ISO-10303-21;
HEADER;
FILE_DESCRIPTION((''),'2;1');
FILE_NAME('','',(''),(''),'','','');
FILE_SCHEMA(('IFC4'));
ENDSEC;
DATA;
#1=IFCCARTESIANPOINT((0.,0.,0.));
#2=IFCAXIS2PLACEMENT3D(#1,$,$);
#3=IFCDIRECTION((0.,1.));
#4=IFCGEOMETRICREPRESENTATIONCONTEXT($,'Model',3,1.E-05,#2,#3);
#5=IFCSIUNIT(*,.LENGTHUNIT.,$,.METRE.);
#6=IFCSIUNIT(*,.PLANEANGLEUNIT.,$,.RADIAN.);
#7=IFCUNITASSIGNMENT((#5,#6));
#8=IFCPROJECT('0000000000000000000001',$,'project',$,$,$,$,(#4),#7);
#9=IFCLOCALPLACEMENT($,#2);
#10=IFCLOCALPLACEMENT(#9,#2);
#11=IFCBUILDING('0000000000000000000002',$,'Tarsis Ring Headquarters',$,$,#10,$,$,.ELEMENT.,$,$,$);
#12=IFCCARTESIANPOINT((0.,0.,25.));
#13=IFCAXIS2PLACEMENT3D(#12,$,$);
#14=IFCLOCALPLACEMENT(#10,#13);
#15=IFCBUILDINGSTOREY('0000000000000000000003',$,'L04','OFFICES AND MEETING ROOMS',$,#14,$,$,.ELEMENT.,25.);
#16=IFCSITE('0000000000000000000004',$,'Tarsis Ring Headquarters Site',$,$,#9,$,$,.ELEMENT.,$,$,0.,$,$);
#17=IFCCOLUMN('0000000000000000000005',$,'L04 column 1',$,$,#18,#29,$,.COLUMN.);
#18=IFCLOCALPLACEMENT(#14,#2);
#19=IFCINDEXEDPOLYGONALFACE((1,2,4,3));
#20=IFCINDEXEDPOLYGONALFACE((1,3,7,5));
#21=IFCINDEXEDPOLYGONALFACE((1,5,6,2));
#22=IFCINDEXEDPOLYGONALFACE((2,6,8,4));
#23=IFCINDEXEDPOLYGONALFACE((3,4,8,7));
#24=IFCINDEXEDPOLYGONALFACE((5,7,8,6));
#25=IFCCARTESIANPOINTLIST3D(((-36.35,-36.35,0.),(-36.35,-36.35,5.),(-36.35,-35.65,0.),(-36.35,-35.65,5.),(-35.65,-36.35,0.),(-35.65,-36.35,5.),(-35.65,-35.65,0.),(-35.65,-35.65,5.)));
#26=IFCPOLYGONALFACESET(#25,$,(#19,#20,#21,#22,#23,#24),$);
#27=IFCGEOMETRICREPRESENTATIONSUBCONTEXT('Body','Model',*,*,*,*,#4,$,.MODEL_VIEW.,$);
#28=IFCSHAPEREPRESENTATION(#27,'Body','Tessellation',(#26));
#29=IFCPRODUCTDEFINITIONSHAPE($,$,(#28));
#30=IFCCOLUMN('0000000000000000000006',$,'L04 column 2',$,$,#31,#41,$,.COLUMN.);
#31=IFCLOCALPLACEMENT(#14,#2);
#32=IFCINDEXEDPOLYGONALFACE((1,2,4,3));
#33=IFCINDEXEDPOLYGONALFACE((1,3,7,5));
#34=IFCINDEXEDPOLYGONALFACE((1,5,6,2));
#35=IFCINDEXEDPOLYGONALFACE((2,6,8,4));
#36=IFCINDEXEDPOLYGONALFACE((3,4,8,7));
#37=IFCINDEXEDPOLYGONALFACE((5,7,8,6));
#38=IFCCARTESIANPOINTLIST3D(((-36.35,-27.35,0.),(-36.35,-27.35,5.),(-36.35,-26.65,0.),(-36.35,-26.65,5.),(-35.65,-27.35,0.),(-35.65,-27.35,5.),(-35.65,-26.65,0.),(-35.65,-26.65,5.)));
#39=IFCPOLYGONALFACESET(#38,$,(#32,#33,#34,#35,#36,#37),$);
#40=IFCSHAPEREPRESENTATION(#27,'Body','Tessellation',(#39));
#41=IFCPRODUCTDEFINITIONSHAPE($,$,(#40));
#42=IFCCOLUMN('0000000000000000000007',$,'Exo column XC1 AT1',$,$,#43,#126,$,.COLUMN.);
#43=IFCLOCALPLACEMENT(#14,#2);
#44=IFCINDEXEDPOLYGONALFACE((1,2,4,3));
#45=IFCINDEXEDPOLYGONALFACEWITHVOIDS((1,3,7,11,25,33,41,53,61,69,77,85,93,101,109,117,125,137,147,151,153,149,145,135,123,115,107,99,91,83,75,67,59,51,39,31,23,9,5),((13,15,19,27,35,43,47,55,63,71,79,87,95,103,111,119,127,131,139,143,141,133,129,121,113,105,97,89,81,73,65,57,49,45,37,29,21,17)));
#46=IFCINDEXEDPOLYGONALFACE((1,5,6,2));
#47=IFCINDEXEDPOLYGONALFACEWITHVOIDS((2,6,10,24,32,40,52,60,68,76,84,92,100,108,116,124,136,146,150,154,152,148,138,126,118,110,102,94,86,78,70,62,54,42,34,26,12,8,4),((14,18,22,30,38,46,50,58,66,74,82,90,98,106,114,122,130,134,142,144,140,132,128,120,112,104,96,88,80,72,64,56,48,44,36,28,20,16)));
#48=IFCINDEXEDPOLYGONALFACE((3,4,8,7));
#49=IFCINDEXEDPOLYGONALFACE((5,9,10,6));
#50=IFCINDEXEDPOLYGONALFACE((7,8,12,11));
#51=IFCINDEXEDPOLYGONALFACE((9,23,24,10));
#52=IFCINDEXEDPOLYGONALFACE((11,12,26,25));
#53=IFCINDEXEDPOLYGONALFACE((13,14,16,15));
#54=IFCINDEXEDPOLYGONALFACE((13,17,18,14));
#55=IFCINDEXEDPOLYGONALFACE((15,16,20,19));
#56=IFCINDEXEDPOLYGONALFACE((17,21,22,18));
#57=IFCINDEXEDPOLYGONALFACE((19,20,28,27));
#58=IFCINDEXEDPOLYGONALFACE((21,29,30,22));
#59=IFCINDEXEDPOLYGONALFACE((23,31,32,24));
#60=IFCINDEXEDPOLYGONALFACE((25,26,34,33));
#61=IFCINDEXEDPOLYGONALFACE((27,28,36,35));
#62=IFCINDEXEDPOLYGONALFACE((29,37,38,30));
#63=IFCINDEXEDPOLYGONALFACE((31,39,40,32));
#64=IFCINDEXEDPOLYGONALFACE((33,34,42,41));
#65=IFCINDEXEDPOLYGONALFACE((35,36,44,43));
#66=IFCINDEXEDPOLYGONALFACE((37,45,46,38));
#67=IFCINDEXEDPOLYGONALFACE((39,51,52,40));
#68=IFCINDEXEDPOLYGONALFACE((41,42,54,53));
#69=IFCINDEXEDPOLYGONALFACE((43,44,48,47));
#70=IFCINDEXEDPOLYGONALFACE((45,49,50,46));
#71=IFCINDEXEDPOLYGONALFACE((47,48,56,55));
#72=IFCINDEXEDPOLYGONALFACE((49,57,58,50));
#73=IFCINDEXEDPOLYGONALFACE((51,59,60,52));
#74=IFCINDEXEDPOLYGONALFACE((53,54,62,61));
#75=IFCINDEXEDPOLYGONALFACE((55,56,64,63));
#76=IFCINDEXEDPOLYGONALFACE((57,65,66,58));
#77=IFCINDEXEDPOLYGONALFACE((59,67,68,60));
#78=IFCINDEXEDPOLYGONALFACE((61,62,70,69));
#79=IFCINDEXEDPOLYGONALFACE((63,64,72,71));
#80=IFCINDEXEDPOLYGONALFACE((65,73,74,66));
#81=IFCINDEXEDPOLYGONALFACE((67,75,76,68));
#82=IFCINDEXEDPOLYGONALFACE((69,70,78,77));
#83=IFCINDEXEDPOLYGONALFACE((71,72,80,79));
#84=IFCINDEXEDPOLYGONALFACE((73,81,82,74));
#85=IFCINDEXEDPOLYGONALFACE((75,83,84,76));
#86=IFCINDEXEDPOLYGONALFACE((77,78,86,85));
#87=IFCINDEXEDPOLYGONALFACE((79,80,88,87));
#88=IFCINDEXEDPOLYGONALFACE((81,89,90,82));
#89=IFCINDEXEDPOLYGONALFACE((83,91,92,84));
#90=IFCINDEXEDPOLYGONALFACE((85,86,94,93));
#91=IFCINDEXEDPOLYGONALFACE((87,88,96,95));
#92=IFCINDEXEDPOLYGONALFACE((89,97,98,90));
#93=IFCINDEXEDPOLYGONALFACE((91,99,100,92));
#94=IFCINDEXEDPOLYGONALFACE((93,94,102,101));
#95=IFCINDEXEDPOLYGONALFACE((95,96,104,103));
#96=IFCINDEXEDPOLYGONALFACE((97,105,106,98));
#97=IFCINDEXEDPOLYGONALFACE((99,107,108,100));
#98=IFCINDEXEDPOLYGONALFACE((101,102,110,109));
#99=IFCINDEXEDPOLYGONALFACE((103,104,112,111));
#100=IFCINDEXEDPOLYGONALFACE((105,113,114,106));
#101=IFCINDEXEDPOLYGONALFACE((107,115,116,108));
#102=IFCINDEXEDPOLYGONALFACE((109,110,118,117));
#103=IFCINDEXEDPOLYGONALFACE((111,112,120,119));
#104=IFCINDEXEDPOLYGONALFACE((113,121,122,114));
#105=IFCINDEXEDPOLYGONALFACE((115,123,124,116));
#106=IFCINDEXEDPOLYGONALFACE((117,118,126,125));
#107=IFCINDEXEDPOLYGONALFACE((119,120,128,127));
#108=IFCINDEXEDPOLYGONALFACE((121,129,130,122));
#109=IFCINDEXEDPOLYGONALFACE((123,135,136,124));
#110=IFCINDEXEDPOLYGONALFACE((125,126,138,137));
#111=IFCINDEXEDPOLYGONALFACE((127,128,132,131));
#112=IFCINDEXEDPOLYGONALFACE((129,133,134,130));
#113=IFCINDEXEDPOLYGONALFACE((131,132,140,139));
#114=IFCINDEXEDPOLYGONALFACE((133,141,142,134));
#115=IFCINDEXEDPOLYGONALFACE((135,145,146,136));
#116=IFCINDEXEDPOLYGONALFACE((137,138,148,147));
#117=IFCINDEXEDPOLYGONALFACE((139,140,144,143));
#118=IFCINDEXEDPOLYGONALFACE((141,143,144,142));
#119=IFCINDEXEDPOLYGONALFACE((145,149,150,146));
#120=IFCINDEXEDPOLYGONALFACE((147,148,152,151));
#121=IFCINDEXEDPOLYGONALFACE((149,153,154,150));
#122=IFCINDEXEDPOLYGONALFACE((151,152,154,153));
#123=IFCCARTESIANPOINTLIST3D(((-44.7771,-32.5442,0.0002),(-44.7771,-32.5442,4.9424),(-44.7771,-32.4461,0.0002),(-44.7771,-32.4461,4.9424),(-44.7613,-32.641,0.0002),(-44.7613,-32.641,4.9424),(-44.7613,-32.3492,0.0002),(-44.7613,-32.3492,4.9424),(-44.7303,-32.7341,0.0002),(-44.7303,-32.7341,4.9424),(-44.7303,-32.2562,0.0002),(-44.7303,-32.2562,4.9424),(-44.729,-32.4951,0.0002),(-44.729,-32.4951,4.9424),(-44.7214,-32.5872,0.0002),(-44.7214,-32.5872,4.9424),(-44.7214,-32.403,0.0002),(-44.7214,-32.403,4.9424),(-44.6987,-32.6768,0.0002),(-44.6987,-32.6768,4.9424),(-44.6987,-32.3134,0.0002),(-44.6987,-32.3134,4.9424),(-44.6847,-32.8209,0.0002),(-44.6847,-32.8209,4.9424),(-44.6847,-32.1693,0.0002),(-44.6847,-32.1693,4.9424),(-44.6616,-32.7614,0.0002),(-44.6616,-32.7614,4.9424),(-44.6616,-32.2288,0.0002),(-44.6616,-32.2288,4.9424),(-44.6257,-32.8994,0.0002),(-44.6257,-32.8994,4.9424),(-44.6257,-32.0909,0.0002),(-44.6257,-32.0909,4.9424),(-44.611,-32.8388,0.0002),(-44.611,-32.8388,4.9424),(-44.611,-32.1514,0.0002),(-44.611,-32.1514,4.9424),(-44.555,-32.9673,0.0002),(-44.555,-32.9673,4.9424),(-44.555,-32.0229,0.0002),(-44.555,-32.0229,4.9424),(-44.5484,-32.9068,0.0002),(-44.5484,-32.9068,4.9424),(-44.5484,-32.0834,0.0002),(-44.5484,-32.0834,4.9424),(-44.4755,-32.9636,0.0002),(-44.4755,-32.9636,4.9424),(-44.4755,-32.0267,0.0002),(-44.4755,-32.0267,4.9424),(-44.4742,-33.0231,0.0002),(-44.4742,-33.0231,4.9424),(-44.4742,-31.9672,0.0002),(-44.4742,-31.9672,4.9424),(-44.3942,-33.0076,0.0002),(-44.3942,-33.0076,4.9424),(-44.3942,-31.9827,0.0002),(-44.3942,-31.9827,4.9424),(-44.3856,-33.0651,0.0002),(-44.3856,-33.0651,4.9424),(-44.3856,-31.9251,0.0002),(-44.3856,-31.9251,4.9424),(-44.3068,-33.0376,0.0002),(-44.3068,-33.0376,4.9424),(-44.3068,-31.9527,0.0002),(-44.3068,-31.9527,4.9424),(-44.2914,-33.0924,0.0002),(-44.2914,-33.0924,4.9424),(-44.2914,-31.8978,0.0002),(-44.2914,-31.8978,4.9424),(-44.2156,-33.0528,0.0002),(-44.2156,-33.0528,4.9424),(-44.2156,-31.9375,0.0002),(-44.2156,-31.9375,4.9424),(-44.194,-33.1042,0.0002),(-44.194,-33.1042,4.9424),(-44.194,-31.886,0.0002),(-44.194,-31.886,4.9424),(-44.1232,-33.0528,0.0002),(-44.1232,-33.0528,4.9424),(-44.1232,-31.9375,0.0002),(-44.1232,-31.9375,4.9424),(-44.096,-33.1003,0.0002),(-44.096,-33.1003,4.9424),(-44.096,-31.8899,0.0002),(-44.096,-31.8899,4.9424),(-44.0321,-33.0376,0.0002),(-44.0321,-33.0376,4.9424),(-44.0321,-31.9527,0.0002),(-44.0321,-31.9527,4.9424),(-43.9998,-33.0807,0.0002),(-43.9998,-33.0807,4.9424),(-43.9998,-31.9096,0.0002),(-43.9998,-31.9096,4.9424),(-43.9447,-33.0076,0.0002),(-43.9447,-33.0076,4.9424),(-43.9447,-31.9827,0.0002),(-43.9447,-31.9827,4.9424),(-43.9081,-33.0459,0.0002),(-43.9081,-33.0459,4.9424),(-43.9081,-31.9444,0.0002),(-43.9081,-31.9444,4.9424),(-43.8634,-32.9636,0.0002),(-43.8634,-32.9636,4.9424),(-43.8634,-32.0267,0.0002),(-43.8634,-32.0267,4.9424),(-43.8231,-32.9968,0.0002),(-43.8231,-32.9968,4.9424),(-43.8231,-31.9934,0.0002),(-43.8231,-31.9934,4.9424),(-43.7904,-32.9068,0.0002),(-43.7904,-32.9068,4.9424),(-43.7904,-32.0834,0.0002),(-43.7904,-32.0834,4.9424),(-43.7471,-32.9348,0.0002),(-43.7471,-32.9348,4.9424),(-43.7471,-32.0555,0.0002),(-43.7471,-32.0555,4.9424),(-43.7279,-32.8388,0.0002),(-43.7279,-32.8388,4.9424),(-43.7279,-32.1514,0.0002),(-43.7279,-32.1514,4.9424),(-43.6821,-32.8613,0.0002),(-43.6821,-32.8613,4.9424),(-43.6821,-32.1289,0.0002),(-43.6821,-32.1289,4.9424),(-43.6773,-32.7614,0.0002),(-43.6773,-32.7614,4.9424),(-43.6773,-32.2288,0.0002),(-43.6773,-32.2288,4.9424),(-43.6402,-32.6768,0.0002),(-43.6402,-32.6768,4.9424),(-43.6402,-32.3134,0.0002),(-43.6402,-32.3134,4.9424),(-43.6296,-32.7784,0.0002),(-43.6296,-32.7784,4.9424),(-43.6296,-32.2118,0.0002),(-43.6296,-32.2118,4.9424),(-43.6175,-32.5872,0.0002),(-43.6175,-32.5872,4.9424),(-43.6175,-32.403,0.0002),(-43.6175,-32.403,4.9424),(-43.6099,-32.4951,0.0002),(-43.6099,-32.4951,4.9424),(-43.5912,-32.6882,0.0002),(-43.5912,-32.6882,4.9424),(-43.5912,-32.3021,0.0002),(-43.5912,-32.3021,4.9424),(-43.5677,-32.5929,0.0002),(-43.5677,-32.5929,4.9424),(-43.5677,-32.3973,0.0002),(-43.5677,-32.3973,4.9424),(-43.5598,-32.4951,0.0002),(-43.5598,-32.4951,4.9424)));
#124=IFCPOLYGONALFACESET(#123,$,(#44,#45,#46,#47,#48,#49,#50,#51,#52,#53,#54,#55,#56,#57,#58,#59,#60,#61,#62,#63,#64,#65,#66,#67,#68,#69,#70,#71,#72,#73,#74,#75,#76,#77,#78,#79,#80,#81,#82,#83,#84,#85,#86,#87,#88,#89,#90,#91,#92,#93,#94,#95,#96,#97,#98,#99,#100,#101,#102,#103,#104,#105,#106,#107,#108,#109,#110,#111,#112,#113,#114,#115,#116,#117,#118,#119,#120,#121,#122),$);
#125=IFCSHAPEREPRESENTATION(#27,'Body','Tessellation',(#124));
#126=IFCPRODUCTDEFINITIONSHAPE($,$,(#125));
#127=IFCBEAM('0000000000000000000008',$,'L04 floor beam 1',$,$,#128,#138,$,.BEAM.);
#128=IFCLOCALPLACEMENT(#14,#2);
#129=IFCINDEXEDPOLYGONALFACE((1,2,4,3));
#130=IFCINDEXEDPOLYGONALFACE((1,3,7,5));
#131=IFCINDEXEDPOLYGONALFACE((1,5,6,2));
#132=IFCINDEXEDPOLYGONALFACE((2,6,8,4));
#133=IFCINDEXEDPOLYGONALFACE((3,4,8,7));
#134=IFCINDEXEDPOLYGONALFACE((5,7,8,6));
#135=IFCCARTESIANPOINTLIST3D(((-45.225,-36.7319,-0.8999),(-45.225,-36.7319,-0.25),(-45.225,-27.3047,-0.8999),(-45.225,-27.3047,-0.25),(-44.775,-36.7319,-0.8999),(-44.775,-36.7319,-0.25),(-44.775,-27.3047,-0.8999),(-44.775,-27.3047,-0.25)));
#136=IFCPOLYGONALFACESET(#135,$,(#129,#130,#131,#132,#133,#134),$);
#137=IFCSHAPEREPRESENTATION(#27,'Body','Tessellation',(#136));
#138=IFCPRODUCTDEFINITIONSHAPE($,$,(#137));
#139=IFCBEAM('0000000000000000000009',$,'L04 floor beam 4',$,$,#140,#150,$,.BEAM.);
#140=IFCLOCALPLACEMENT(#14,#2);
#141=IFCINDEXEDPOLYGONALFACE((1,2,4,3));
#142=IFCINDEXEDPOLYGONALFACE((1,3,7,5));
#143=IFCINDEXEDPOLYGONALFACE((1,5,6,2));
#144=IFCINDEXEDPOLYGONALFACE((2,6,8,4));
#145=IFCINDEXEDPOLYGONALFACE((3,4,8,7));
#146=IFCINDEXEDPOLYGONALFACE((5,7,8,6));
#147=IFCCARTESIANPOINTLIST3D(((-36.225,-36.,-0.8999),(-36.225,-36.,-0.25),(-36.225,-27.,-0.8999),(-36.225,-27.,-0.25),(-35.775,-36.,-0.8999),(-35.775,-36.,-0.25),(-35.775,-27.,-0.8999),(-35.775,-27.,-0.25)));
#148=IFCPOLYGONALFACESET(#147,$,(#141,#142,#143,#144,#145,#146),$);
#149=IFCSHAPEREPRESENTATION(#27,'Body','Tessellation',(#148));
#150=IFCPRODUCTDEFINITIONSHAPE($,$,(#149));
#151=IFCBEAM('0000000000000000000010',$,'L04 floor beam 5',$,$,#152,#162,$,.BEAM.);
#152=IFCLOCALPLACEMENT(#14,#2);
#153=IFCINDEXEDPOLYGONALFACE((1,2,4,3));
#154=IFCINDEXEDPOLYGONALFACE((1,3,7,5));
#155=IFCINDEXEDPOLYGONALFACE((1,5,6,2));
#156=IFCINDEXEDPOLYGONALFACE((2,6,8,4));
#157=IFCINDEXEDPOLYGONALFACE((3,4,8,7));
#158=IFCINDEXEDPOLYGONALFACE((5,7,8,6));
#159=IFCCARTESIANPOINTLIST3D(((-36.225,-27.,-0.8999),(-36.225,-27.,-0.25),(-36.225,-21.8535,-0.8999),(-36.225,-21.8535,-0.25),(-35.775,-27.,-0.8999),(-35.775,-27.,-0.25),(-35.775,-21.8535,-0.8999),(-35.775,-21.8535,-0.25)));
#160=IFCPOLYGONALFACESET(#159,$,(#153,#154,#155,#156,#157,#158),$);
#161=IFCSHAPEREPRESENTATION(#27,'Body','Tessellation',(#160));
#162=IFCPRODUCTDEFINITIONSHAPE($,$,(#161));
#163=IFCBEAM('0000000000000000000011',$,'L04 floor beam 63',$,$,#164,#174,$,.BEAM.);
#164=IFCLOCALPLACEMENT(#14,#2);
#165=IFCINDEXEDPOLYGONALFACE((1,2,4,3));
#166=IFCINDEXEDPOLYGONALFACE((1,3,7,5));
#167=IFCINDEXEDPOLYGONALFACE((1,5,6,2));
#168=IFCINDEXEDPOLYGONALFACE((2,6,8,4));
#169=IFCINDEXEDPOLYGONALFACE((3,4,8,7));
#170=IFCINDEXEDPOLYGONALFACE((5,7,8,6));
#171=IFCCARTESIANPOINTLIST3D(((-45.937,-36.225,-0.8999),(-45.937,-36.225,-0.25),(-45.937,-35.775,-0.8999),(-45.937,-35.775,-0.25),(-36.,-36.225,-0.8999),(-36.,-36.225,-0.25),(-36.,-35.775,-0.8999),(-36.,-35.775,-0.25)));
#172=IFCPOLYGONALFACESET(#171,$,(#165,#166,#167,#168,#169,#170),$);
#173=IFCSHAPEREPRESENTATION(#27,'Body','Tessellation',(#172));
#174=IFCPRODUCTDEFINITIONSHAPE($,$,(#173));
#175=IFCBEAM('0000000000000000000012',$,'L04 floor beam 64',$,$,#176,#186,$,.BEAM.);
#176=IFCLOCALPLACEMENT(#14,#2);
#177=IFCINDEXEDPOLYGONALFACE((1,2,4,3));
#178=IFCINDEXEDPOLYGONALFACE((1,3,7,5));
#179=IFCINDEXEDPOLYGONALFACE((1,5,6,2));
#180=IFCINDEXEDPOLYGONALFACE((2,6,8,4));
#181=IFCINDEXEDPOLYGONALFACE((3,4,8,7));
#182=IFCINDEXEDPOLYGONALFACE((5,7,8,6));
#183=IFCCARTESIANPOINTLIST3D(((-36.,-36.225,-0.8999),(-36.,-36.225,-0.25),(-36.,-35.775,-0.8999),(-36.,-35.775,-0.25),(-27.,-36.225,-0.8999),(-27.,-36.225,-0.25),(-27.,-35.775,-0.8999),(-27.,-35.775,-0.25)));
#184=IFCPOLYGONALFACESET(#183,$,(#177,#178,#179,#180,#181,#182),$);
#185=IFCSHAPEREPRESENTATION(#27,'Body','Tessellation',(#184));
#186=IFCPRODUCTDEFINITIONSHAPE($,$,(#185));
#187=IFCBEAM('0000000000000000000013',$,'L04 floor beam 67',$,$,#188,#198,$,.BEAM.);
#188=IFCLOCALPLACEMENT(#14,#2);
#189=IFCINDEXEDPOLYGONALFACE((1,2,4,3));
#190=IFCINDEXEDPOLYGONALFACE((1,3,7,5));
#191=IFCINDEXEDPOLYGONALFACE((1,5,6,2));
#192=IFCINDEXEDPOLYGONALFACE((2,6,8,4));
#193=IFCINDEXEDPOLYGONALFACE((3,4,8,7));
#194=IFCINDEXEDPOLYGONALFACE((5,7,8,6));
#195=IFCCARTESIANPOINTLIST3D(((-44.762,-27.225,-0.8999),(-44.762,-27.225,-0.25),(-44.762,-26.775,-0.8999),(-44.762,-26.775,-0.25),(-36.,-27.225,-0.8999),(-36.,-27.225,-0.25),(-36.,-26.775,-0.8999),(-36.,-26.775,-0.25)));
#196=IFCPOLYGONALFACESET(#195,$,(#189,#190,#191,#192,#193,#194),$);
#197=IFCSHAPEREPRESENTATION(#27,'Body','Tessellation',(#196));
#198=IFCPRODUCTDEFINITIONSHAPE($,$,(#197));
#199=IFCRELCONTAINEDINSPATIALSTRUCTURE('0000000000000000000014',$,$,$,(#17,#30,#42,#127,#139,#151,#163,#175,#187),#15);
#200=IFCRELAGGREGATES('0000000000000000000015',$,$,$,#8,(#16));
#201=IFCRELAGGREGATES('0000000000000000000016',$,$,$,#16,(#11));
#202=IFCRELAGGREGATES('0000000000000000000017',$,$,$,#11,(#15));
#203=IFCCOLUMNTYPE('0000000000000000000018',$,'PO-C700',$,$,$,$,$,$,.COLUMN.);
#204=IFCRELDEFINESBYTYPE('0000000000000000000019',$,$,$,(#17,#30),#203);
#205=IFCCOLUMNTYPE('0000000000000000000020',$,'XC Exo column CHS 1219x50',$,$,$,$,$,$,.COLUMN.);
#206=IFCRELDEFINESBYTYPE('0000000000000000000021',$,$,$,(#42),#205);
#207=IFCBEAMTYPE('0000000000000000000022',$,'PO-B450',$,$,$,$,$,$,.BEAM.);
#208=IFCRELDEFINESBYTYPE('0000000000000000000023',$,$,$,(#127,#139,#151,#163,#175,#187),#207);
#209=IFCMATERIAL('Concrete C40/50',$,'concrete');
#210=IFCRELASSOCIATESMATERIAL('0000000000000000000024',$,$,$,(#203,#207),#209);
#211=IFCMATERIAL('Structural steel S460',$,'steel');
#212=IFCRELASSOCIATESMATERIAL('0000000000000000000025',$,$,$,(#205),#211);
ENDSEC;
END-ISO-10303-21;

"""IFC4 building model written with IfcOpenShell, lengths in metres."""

from ifc_helpers import new_model, si_unit, direction, frame, origin, origin_2d, place, context, subcontext, project, spatial, rectangle, hollow_circle, extrude, material, material_profile, profile_set, type_object, element, save


model = new_model("IFC4")

# Units and contexts
model_context = context("Model", 3, precision=1e-05, world=origin(), true_north=direction((0.0, 1.0)))
body_context = subcontext(model_context, "Body", "Model", "MODEL_VIEW")
ifc_project = project(units=[si_unit("LENGTHUNIT", "METRE"), si_unit("PLANEANGLEUNIT", "RADIAN")], contexts=[model_context])

# Site, building, storey
site_placement = place(None, origin())
site = spatial("IfcSite", under=ifc_project, at=site_placement, Name="Tarsis Ring Headquarters Site", CompositionType="ELEMENT", RefElevation=0.0)
building_placement = place(site_placement, origin())
building = spatial("IfcBuilding", under=site, at=building_placement, Name="Tarsis Ring Headquarters", CompositionType="ELEMENT")
storey_placement = place(building_placement, frame((0.0, 0.0, 25.0)))
storey = spatial("IfcBuildingStorey", under=building, at=storey_placement, Name="L04", Description="OFFICES AND MEETING ROOMS", CompositionType="ELEMENT", Elevation=25.0)

# Columns
ifc_material_1 = material(Name="Concrete C40/50", Category="concrete")
ifc_material_profile_1 = material_profile(ifc_material_1, rectangle(XDim=0.7, YDim=0.7, at=origin_2d()), Name="PO-C700")
ifc_profile_set_1 = profile_set([ifc_material_profile_1], Name="Concrete C40/50")
column_type_1 = type_object("IfcColumnType", Name="PO-C700", PredefinedType="COLUMN", material=ifc_profile_set_1)
for number, where, z_axis, x_axis, name in (
    (1, (-36.0, -36.0, 0.0), (0.0, 0.0, 1.0), (1.0, 0.0, 0.0), "L04 column 1"),
    (2, (-36.0, -27.0, 0.0), (0.0, 0.0, 1.0), (1.0, 0.0, 0.0), "L04 column 2"),
):
    element("IfcColumn", number, at=place(storey_placement, frame(where, z_axis=z_axis, x_axis=x_axis)), inside=storey, type_object=column_type_1, Name=name, PredefinedType="COLUMN", context=body_context, shape_type="SweptSolid", body=[
        extrude(rectangle(XDim=0.7, YDim=0.7, at=origin_2d()), origin(), (0.0, 0.0, 1.0), 5.0),
    ])
ifc_material_2 = material(Name="Structural steel S460", Category="steel")
ifc_material_profile_2 = material_profile(ifc_material_2, hollow_circle(Radius=0.6096, WallThickness=0.05, at=origin_2d()), Name="CHS 1219x50")
ifc_profile_set_2 = profile_set([ifc_material_profile_2], Name="Structural steel S460")
column_type_2 = type_object("IfcColumnType", Name="XC Exo column CHS 1219x50", PredefinedType="COLUMN", material=ifc_profile_set_2)
column_placement = place(storey_placement, frame((-44.1694, -32.4951, 0.0002), z_axis=(0.0, 0.0, 1.0), x_axis=(1.0, 0.0, 0.0)))
element("IfcColumn", 3, at=column_placement, inside=storey, type_object=column_type_2, Name="Exo column XC1 AT1", PredefinedType="COLUMN", context=body_context, shape_type="SweptSolid", body=[
    extrude(hollow_circle(Radius=0.6096, WallThickness=0.05, at=origin_2d()), origin(), (0.0, 0.0, 1.0), 4.9421),
])

# Beams
ifc_material_profile_3 = material_profile(ifc_material_1, rectangle(XDim=0.45, YDim=0.6499, at=origin_2d()), Name="PO-B450")
ifc_profile_set_3 = profile_set([ifc_material_profile_3], Name="Concrete C40/50")
beam_type_1 = type_object("IfcBeamType", Name="PO-B450", PredefinedType="BEAM", material=ifc_profile_set_3)
beam_1_placement = place(storey_placement, frame((-45.0, -36.7319, -0.575), z_axis=(0.0, 1.0, 0.0), x_axis=(-1.0, 0.0, 0.0)))
element("IfcBeam", 4, at=beam_1_placement, inside=storey, type_object=beam_type_1, Name="L04 floor beam 1", PredefinedType="BEAM", context=body_context, shape_type="SweptSolid", body=[
    extrude(rectangle(XDim=0.45, YDim=0.6499, at=origin_2d()), origin(), (0.0, 0.0, 1.0), 9.4272),
])
beam_2_placement = place(storey_placement, frame((-36.0, -36.0, -0.575), z_axis=(0.0, 1.0, 0.0), x_axis=(-1.0, 0.0, 0.0)))
element("IfcBeam", 5, at=beam_2_placement, inside=storey, type_object=beam_type_1, Name="L04 floor beam 4", PredefinedType="BEAM", context=body_context, shape_type="SweptSolid", body=[
    extrude(rectangle(XDim=0.45, YDim=0.6499, at=origin_2d()), origin(), (0.0, 0.0, 1.0), 9.0),
])
beam_3_placement = place(storey_placement, frame((-36.0, -27.0, -0.575), z_axis=(0.0, 1.0, 0.0), x_axis=(-1.0, 0.0, 0.0)))
element("IfcBeam", 6, at=beam_3_placement, inside=storey, type_object=beam_type_1, Name="L04 floor beam 5", PredefinedType="BEAM", context=body_context, shape_type="SweptSolid", body=[
    extrude(rectangle(XDim=0.45, YDim=0.6499, at=origin_2d()), origin(), (0.0, 0.0, 1.0), 5.1465),
])
beam_4_placement = place(storey_placement, frame((-45.937, -36.0, -0.575), z_axis=(1.0, 0.0, 0.0), x_axis=(0.0, 1.0, 0.0)))
element("IfcBeam", 7, at=beam_4_placement, inside=storey, type_object=beam_type_1, Name="L04 floor beam 63", PredefinedType="BEAM", context=body_context, shape_type="SweptSolid", body=[
    extrude(rectangle(XDim=0.45, YDim=0.6499, at=origin_2d()), origin(), (0.0, 0.0, 1.0), 9.937),
])
beam_5_placement = place(storey_placement, frame((-36.0, -36.0, -0.575), z_axis=(1.0, 0.0, 0.0), x_axis=(0.0, 1.0, 0.0)))
element("IfcBeam", 8, at=beam_5_placement, inside=storey, type_object=beam_type_1, Name="L04 floor beam 64", PredefinedType="BEAM", context=body_context, shape_type="SweptSolid", body=[
    extrude(rectangle(XDim=0.45, YDim=0.6499, at=origin_2d()), origin(), (0.0, 0.0, 1.0), 9.0),
])
beam_6_placement = place(storey_placement, frame((-44.762, -27.0, -0.575), z_axis=(1.0, 0.0, 0.0), x_axis=(0.0, 1.0, 0.0)))
element("IfcBeam", 9, at=beam_6_placement, inside=storey, type_object=beam_type_1, Name="L04 floor beam 67", PredefinedType="BEAM", context=body_context, shape_type="SweptSolid", body=[
    extrude(rectangle(XDim=0.45, YDim=0.6499, at=origin_2d()), origin(), (0.0, 0.0, 1.0), 8.762),
])

save(model, "model.ifc")
